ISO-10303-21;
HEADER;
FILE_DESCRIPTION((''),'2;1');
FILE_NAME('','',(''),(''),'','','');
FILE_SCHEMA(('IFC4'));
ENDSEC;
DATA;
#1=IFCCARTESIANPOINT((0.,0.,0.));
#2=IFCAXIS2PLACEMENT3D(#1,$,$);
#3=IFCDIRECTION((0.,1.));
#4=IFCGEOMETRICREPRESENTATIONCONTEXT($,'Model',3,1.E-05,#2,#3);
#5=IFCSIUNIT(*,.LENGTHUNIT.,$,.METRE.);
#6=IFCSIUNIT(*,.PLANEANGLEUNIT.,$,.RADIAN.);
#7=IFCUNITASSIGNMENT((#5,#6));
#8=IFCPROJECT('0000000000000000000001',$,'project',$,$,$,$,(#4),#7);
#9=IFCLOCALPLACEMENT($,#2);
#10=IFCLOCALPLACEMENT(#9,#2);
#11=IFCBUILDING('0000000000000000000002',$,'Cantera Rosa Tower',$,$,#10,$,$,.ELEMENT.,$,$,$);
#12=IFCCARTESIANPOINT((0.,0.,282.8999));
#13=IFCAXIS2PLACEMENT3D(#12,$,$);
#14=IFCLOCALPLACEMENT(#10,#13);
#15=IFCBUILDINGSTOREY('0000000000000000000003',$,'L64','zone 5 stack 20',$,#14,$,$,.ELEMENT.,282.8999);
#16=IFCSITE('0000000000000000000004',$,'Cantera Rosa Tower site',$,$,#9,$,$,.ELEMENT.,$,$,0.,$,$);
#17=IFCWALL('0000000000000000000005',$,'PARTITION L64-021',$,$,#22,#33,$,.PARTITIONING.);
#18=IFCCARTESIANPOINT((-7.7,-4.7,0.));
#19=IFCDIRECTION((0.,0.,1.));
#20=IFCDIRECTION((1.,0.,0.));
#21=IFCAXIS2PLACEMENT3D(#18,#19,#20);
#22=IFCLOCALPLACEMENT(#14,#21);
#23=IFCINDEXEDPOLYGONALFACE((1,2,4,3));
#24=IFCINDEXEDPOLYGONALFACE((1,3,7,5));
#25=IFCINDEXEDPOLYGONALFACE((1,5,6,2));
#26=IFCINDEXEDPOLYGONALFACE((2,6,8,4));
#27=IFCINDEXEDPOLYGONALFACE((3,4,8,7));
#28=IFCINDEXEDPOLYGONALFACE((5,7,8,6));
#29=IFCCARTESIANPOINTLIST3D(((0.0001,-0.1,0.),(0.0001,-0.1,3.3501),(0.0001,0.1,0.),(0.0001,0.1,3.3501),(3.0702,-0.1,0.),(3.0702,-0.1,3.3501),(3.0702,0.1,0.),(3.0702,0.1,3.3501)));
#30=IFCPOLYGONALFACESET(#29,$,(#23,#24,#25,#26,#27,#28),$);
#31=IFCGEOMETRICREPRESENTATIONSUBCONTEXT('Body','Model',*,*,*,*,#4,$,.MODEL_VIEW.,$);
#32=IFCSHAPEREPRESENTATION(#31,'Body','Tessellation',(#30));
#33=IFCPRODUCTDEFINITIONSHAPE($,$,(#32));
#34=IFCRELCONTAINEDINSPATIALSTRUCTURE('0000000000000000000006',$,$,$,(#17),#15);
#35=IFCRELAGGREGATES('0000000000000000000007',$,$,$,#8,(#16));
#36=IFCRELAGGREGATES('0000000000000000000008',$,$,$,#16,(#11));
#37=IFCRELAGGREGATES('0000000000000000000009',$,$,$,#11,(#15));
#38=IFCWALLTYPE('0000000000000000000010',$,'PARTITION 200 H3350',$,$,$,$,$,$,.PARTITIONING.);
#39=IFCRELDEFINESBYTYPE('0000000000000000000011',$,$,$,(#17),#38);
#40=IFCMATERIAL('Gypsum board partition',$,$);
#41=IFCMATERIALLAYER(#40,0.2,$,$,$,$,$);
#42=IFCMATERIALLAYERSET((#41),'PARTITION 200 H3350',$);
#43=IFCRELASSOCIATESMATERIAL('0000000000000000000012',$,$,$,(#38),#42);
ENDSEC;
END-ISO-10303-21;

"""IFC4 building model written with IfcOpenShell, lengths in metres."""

from ifc_helpers import new_model, si_unit, direction, frame, frame_2d, origin, place, context, subcontext, project, spatial, rectangle, extrude, material, layer, layer_set, type_object, element, save


model = new_model("IFC4")

# Units and contexts
model_context = context("Model", 3, precision=1e-05, world=origin(), true_north=direction((0.0, 1.0)))
body_context = subcontext(model_context, "Body", "Model", "MODEL_VIEW")
ifc_project = project(units=[si_unit("LENGTHUNIT", "METRE"), si_unit("PLANEANGLEUNIT", "RADIAN")], contexts=[model_context])

# Site, building, storey
site_placement = place(None, origin())
site = spatial("IfcSite", under=ifc_project, at=site_placement, Name="Cantera Rosa Tower site", CompositionType="ELEMENT", RefElevation=0.0)
building_placement = place(site_placement, origin())
building = spatial("IfcBuilding", under=site, at=building_placement, Name="Cantera Rosa Tower", CompositionType="ELEMENT")
storey_placement = place(building_placement, frame((0.0, 0.0, 282.8999)))
storey = spatial("IfcBuildingStorey", under=building, at=storey_placement, Name="L64", Description="zone 5 stack 20", CompositionType="ELEMENT", Elevation=282.8999)

# Wall
ifc_material_1 = material(Name="Gypsum board partition")
ifc_layer_1 = layer(ifc_material_1, 0.2)
ifc_layer_set_1 = layer_set([ifc_layer_1], Name="PARTITION 200 H3350")
wall_type_1 = type_object("IfcWallType", Name="PARTITION 200 H3350", PredefinedType="PARTITIONING", material=ifc_layer_set_1)
wall_1_placement = place(storey_placement, frame((-7.7, -4.7, 0.0), z_axis=(0.0, 0.0, 1.0), x_axis=(1.0, 0.0, 0.0)))
element("IfcWall", 1, at=wall_1_placement, inside=storey, type_object=wall_type_1, Name="PARTITION L64-021", PredefinedType="PARTITIONING", context=body_context, shape_type="SweptSolid", body=[
    extrude(rectangle(XDim=3.0701, YDim=0.2, at=frame_2d((1.5352, 0.0))), origin(), (0.0, 0.0, 1.0), 3.3501),
])

save(model, "model.ifc")
